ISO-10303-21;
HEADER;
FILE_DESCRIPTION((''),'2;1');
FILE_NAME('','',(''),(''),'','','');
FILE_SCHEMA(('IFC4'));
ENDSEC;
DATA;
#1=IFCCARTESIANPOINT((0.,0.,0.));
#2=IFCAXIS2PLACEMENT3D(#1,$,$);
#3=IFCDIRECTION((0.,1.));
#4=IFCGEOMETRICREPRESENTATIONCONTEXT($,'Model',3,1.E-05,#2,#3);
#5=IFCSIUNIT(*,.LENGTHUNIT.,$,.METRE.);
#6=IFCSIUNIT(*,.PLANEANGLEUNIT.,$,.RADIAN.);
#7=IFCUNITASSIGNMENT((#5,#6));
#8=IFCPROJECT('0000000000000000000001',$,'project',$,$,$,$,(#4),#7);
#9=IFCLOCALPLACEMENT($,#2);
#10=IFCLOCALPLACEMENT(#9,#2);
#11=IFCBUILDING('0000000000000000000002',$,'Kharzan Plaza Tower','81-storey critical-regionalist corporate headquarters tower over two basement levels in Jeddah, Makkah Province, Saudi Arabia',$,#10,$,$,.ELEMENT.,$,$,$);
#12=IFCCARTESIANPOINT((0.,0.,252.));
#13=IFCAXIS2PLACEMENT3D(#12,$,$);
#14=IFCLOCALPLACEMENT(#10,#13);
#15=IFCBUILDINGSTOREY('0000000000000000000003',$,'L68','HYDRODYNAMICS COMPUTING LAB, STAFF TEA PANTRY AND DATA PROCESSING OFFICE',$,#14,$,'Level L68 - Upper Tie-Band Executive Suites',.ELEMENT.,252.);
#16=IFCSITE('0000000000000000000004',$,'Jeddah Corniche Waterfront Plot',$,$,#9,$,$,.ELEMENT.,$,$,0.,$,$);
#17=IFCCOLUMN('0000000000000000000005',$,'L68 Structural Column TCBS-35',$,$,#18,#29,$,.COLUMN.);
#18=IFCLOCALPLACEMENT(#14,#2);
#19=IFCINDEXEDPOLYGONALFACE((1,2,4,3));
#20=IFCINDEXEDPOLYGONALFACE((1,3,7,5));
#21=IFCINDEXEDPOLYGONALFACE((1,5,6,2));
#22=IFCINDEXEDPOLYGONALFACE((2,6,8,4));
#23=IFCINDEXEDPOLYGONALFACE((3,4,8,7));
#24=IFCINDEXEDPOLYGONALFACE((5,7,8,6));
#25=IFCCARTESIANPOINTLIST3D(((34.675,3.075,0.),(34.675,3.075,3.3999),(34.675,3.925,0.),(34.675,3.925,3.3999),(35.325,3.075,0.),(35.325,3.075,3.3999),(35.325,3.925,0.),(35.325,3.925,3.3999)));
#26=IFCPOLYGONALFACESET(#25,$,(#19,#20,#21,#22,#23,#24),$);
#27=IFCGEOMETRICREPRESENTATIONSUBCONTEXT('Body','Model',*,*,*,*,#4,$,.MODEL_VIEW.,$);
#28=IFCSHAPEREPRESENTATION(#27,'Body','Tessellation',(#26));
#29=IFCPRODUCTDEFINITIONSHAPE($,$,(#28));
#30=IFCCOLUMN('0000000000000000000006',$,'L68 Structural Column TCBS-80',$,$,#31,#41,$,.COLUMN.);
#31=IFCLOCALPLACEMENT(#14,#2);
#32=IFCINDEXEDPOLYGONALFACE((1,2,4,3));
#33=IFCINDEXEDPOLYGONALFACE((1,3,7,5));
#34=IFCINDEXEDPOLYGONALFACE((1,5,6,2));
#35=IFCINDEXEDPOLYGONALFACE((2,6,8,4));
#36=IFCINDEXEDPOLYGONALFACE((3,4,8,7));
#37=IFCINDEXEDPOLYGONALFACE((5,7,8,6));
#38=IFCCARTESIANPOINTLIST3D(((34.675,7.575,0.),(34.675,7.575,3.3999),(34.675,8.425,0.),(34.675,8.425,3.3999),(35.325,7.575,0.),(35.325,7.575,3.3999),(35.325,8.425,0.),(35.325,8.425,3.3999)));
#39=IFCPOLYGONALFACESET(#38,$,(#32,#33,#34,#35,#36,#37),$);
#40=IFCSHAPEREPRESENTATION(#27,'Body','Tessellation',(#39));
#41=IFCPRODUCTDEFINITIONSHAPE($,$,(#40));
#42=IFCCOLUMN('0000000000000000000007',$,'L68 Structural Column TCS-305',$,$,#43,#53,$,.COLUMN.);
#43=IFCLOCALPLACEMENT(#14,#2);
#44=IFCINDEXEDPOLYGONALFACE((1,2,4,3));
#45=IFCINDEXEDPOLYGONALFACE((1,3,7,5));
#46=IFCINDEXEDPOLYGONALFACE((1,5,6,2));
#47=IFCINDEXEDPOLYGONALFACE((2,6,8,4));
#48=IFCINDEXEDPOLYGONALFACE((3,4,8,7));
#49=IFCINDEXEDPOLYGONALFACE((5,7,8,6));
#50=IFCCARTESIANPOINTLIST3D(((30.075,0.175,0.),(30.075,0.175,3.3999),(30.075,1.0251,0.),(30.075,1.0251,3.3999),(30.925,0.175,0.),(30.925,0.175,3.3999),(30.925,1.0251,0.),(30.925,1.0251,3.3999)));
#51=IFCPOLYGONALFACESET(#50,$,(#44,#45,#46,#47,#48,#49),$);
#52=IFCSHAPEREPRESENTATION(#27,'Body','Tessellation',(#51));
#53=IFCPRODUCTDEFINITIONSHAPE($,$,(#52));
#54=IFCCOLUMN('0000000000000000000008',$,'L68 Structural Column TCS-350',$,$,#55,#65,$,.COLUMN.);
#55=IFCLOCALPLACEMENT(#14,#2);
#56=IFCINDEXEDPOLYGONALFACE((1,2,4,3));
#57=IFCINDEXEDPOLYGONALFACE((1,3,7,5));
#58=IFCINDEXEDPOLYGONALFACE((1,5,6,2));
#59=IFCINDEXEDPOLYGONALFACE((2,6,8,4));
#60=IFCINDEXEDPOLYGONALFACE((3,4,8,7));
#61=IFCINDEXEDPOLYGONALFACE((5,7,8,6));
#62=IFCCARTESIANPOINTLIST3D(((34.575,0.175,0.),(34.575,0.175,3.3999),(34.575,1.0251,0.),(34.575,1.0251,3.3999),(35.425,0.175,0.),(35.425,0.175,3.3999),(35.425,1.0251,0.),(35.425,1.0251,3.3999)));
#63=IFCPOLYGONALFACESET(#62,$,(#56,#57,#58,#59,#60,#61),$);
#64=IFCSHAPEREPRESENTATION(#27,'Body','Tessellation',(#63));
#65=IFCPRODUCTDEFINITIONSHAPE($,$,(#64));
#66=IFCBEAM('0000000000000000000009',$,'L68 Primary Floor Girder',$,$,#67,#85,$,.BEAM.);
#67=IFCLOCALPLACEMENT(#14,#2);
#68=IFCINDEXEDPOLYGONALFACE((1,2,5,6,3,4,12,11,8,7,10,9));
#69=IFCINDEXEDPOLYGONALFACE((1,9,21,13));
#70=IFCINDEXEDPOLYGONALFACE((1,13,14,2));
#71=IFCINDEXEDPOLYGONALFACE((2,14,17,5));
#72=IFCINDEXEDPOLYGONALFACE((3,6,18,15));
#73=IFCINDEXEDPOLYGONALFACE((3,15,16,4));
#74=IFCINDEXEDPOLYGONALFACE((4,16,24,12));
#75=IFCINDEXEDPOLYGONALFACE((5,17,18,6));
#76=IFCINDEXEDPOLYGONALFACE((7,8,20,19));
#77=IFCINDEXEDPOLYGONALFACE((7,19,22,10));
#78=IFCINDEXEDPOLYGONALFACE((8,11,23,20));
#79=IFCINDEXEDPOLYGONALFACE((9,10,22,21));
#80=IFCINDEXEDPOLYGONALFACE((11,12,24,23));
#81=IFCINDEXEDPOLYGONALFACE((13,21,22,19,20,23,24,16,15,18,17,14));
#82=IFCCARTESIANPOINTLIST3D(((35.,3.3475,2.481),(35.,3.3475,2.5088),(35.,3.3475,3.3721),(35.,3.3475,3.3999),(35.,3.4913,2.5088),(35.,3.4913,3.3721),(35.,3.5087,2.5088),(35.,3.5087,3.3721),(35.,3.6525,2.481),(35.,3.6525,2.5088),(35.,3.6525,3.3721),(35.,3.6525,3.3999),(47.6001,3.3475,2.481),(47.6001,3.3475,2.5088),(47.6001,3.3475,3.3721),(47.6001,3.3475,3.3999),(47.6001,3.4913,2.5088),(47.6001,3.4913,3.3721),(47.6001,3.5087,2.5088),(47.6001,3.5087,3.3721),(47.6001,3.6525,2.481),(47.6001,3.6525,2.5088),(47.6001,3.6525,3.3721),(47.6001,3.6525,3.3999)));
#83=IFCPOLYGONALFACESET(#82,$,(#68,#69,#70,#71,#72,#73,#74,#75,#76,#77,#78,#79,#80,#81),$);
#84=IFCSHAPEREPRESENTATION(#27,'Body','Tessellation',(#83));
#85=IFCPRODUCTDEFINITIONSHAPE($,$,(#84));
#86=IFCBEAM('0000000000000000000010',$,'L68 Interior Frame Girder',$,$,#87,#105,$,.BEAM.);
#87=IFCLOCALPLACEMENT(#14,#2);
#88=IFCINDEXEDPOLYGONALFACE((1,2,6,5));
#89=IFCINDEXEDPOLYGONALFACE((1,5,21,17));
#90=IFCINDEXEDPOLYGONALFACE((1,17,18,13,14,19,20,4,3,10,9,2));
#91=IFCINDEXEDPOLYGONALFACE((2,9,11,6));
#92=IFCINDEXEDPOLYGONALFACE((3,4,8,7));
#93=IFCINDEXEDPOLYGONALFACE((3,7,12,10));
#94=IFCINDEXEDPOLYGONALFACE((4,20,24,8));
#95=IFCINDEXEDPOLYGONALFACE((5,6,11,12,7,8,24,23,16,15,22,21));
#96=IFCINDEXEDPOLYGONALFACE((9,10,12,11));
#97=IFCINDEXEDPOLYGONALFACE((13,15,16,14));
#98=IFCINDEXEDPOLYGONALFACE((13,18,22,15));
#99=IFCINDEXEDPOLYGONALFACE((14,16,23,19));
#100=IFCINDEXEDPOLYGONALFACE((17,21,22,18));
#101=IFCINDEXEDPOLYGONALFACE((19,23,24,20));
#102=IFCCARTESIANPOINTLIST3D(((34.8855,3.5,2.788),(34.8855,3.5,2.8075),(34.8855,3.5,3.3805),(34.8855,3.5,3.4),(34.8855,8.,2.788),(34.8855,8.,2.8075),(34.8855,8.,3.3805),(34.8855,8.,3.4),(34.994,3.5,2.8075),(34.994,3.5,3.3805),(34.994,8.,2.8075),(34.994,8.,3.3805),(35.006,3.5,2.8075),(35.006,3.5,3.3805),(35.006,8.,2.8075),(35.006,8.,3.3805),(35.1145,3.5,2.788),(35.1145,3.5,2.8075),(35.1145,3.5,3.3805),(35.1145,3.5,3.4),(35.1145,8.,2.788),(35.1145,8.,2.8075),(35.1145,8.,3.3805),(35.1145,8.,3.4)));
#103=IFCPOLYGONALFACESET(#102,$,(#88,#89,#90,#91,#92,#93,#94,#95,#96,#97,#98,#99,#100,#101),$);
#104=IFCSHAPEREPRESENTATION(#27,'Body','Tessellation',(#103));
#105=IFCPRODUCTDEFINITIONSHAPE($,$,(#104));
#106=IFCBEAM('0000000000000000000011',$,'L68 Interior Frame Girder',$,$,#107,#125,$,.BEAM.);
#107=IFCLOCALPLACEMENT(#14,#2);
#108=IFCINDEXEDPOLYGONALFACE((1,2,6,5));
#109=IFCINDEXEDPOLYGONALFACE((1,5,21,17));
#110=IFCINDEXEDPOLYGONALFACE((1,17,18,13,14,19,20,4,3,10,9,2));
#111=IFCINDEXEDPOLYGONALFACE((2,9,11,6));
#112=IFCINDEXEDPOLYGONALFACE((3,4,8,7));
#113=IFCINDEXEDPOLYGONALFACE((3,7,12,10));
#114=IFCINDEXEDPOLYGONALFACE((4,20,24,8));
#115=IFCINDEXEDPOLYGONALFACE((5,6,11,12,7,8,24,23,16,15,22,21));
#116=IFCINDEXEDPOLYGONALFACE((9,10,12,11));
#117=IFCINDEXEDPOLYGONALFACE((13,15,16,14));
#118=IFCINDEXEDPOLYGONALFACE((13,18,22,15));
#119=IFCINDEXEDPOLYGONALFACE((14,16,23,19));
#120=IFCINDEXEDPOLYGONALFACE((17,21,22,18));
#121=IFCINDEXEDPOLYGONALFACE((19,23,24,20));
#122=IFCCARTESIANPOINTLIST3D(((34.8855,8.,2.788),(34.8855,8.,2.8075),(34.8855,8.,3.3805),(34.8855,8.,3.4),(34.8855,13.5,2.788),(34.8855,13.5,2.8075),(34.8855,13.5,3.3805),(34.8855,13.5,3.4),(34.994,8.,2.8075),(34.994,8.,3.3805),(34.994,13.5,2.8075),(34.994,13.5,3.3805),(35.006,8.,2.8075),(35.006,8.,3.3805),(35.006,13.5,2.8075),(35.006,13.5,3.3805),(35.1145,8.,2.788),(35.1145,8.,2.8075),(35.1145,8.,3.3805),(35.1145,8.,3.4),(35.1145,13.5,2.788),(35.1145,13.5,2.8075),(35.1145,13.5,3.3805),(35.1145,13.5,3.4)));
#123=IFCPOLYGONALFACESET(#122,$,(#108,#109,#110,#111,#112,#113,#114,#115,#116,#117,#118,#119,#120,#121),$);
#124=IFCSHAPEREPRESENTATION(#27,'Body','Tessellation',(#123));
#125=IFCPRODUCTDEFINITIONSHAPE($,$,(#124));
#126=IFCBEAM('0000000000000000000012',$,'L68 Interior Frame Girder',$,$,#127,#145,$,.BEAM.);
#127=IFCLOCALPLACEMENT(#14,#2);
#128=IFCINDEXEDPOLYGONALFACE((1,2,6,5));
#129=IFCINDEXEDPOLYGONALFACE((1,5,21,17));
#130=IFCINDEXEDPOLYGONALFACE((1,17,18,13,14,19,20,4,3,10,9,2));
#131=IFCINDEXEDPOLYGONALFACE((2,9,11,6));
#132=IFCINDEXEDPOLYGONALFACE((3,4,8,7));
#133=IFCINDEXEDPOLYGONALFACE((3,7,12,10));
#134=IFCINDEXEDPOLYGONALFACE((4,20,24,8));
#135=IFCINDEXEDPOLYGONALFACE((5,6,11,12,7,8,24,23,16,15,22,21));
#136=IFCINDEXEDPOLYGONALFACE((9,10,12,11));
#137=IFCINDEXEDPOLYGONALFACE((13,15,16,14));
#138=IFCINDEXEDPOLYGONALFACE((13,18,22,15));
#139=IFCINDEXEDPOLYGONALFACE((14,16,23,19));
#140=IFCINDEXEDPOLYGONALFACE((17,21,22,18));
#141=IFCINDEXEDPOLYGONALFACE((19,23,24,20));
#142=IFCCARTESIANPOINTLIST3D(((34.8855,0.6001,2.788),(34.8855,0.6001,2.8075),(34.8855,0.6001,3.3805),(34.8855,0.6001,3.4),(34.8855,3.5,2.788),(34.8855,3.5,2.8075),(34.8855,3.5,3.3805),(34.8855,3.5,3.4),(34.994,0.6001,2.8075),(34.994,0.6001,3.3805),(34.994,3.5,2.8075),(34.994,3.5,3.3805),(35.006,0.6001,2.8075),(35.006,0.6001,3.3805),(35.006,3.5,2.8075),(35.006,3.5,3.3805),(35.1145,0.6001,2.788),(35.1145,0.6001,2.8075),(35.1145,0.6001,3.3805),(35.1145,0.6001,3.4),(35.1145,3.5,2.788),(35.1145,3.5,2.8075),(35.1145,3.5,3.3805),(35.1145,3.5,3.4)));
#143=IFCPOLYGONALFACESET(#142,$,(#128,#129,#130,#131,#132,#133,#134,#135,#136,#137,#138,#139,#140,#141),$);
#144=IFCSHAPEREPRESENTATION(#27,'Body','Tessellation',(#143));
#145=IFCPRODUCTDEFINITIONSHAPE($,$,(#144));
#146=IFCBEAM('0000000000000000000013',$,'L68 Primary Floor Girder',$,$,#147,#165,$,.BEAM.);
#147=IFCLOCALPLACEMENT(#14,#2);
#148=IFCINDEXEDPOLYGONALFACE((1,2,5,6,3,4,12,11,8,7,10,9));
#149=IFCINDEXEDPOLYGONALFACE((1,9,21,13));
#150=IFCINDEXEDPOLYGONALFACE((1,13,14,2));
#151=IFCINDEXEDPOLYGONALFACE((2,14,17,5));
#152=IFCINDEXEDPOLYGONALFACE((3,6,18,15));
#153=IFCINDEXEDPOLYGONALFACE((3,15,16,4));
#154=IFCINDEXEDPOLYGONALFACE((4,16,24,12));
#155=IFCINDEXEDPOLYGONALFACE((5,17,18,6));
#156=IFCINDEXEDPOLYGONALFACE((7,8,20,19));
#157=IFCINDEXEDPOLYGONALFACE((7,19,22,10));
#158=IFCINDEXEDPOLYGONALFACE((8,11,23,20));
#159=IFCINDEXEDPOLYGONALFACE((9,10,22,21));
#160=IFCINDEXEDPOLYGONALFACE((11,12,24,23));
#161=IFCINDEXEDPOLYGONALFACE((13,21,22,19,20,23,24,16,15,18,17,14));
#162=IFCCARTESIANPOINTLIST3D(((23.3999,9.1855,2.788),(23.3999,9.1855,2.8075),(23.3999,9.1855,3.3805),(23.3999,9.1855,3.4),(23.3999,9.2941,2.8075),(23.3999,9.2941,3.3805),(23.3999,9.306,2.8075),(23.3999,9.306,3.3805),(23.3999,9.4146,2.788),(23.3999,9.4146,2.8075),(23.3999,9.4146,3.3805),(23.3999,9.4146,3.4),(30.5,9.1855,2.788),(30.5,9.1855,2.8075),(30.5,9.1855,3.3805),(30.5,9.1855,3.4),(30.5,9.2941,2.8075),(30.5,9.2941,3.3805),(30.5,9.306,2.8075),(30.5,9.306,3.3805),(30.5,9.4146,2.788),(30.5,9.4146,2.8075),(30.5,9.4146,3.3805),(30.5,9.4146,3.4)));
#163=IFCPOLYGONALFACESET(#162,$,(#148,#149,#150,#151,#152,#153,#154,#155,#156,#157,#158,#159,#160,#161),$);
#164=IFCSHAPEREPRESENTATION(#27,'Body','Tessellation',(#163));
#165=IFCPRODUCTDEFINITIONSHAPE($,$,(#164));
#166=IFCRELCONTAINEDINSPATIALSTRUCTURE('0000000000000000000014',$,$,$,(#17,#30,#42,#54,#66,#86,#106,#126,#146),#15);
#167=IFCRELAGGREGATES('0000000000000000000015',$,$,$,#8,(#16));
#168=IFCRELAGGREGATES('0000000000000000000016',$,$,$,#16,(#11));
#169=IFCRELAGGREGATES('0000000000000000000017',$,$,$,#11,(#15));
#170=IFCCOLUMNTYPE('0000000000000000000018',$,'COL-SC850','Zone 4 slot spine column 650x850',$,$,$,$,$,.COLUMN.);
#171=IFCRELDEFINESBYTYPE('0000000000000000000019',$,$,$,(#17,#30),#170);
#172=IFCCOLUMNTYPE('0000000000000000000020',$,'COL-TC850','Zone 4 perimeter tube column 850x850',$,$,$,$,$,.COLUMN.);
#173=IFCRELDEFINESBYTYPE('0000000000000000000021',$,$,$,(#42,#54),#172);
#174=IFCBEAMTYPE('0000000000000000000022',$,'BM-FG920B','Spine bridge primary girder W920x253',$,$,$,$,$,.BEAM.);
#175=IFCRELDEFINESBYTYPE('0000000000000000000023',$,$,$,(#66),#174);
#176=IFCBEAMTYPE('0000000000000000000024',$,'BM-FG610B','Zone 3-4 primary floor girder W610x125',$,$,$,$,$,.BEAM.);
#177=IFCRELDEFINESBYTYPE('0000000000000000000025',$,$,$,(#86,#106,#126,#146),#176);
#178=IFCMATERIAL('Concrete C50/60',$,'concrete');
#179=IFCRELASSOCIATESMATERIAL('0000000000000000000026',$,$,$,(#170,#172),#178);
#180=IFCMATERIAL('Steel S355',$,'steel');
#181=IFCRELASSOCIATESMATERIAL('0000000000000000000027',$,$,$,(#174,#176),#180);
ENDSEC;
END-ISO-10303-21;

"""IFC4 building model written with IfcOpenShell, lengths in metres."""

from ifc_helpers import new_model, si_unit, direction, frame, origin, origin_2d, place, context, subcontext, project, spatial, rectangle, i_section, extrude, source, transform, mapped, material, material_profile, profile_set, type_object, element, save


model = new_model("IFC4")

# Units and contexts
model_context = context("Model", 3, precision=1e-05, world=origin(), true_north=direction((0.0, 1.0)))
body_context = subcontext(model_context, "Body", "Model", "MODEL_VIEW")
ifc_project = project(units=[si_unit("LENGTHUNIT", "METRE"), si_unit("PLANEANGLEUNIT", "RADIAN")], contexts=[model_context])

# Site, building, storey
site_placement = place(None, origin())
site = spatial("IfcSite", under=ifc_project, at=site_placement, Name="Jeddah Corniche Waterfront Plot", CompositionType="ELEMENT", RefElevation=0.0)
building_placement = place(site_placement, origin())
building = spatial("IfcBuilding", under=site, at=building_placement, Name="Kharzan Plaza Tower", Description="81-storey critical-regionalist corporate headquarters tower over two basement levels in Jeddah, Makkah Province, Saudi Arabia", CompositionType="ELEMENT")
storey_placement = place(building_placement, frame((0.0, 0.0, 252.0)))
storey = spatial("IfcBuildingStorey", under=building, at=storey_placement, Name="L68", Description="HYDRODYNAMICS COMPUTING LAB, STAFF TEA PANTRY AND DATA PROCESSING OFFICE", LongName="Level L68 - Upper Tie-Band Executive Suites", CompositionType="ELEMENT", Elevation=252.0)

# Columns
ifc_material_1 = material(Name="Concrete C50/60", Category="concrete")
ifc_material_profile_1 = material_profile(ifc_material_1, rectangle(XDim=0.6499, YDim=0.8501, at=origin_2d()), Name="RC-SC850x650")
ifc_profile_set_1 = profile_set([ifc_material_profile_1], Name="Concrete C50/60")
column_type_1 = type_object("IfcColumnType", Name="COL-SC850", Description="Zone 4 slot spine column 650x850", PredefinedType="COLUMN", material=ifc_profile_set_1)
shared_shape_1 = source(origin(), body_context, "Body", "SweptSolid", [
    extrude(rectangle(XDim=0.6499, YDim=0.8501, at=origin_2d()), origin(), (0.0, 0.0, 1.0), 3.3999),
])
for number, where, z_axis, x_axis, name in (
    (1, (35.0, 3.5, 0.0), (0.0, 0.0, 1.0), (1.0, 0.0, 0.0), "L68 Structural Column TCBS-35"),
    (2, (35.0, 8.0, 0.0), (0.0, 0.0, 1.0), (1.0, 0.0, 0.0), "L68 Structural Column TCBS-80"),
):
    element("IfcColumn", number, at=place(storey_placement, frame(where, z_axis=z_axis, x_axis=x_axis)), inside=storey, type_object=column_type_1, Name=name, PredefinedType="COLUMN", context=body_context, shape_type="MappedRepresentation", body=[
        mapped(shared_shape_1, transform((0.0, 0.0, 0.0), x_axis=(1.0, 0.0, 0.0), y_axis=(0.0, 1.0, 0.0), z_axis=(0.0, 0.0, 1.0))),
    ])
ifc_material_profile_2 = material_profile(ifc_material_1, rectangle(XDim=0.8501, YDim=0.8501, at=origin_2d()), Name="RC-TC850x850")
ifc_profile_set_2 = profile_set([ifc_material_profile_2], Name="Concrete C50/60")
column_type_2 = type_object("IfcColumnType", Name="COL-TC850", Description="Zone 4 perimeter tube column 850x850", PredefinedType="COLUMN", material=ifc_profile_set_2)
shared_shape_2 = source(origin(), body_context, "Body", "SweptSolid", [
    extrude(rectangle(XDim=0.8501, YDim=0.8501, at=origin_2d()), origin(), (0.0, 0.0, 1.0), 3.3999),
])
for number, where, z_axis, x_axis, name in (
    (3, (30.5, 0.6001, 0.0), (0.0, 0.0, 1.0), (1.0, 0.0, 0.0), "L68 Structural Column TCS-305"),
    (4, (35.0, 0.6001, 0.0), (0.0, 0.0, 1.0), (1.0, 0.0, 0.0), "L68 Structural Column TCS-350"),
):
    element("IfcColumn", number, at=place(storey_placement, frame(where, z_axis=z_axis, x_axis=x_axis)), inside=storey, type_object=column_type_2, Name=name, PredefinedType="COLUMN", context=body_context, shape_type="MappedRepresentation", body=[
        mapped(shared_shape_2, transform((0.0, 0.0, 0.0), x_axis=(1.0, 0.0, 0.0), y_axis=(0.0, 1.0, 0.0), z_axis=(0.0, 0.0, 1.0))),
    ])

# Beams
ifc_material_2 = material(Name="Steel S355", Category="steel")
ifc_material_profile_3 = material_profile(ifc_material_2, i_section(OverallWidth=0.3049, OverallDepth=0.9189, WebThickness=0.0173, FlangeThickness=0.0278, at=origin_2d()), Name="W920x253")
ifc_profile_set_3 = profile_set([ifc_material_profile_3], Name="Steel S355")
beam_type_1 = type_object("IfcBeamType", Name="BM-FG920B", Description="Spine bridge primary girder W920x253", PredefinedType="BEAM", material=ifc_profile_set_3)
shared_shape_3 = source(origin(), body_context, "Body", "SweptSolid", [
    extrude(i_section(OverallWidth=0.3049, OverallDepth=0.9189, WebThickness=0.0173, FlangeThickness=0.0278, at=origin_2d()), origin(), (0.0, 0.0, 1.0), 12.6001),
])
beam_1_placement = place(storey_placement, frame((35.0, 3.5, 2.9404), z_axis=(1.0, 0.0, 0.0), x_axis=(0.0, 1.0, 0.0)))
element("IfcBeam", 5, at=beam_1_placement, inside=storey, type_object=beam_type_1, Name="L68 Primary Floor Girder", PredefinedType="BEAM", context=body_context, shape_type="MappedRepresentation", body=[
    mapped(shared_shape_3, transform((0.0, 0.0, 0.0), x_axis=(1.0, 0.0, 0.0), y_axis=(0.0, 1.0, 0.0), z_axis=(0.0, 0.0, 1.0))),
])
ifc_material_profile_4 = material_profile(ifc_material_2, i_section(OverallWidth=0.229, OverallDepth=0.6121, WebThickness=0.012, FlangeThickness=0.0195, at=origin_2d()), Name="W610x125")
ifc_profile_set_4 = profile_set([ifc_material_profile_4], Name="Steel S355")
beam_type_2 = type_object("IfcBeamType", Name="BM-FG610B", Description="Zone 3-4 primary floor girder W610x125", PredefinedType="BEAM", material=ifc_profile_set_4)
shared_shape_4 = source(origin(), body_context, "Body", "SweptSolid", [
    extrude(i_section(OverallWidth=0.229, OverallDepth=0.6121, WebThickness=0.012, FlangeThickness=0.0195, at=origin_2d()), origin(), (0.0, 0.0, 1.0), 4.5),
])
beam_2_placement = place(storey_placement, frame((35.0, 3.5, 3.094), z_axis=(0.0, 1.0, 0.0), x_axis=(-1.0, 0.0, 0.0)))
element("IfcBeam", 6, at=beam_2_placement, inside=storey, type_object=beam_type_2, Name="L68 Interior Frame Girder", PredefinedType="BEAM", context=body_context, shape_type="MappedRepresentation", body=[
    mapped(shared_shape_4, transform((0.0, 0.0, 0.0), x_axis=(1.0, 0.0, 0.0), y_axis=(0.0, 1.0, 0.0), z_axis=(0.0, 0.0, 1.0))),
])
shared_shape_5 = source(origin(), body_context, "Body", "SweptSolid", [
    extrude(i_section(OverallWidth=0.229, OverallDepth=0.6121, WebThickness=0.012, FlangeThickness=0.0195, at=origin_2d()), origin(), (0.0, 0.0, 1.0), 5.5),
])
beam_3_placement = place(storey_placement, frame((35.0, 8.0, 3.094), z_axis=(0.0, 1.0, 0.0), x_axis=(-1.0, 0.0, 0.0)))
element("IfcBeam", 7, at=beam_3_placement, inside=storey, type_object=beam_type_2, Name="L68 Interior Frame Girder", PredefinedType="BEAM", context=body_context, shape_type="MappedRepresentation", body=[
    mapped(shared_shape_5, transform((0.0, 0.0, 0.0), x_axis=(1.0, 0.0, 0.0), y_axis=(0.0, 1.0, 0.0), z_axis=(0.0, 0.0, 1.0))),
])
shared_shape_6 = source(origin(), body_context, "Body", "SweptSolid", [
    extrude(i_section(OverallWidth=0.229, OverallDepth=0.6121, WebThickness=0.012, FlangeThickness=0.0195, at=origin_2d()), origin(), (0.0, 0.0, 1.0), 2.8999),
])
beam_4_placement = place(storey_placement, frame((35.0, 0.6001, 3.094), z_axis=(0.0, 1.0, 0.0), x_axis=(-1.0, 0.0, 0.0)))
element("IfcBeam", 8, at=beam_4_placement, inside=storey, type_object=beam_type_2, Name="L68 Interior Frame Girder", PredefinedType="BEAM", context=body_context, shape_type="MappedRepresentation", body=[
    mapped(shared_shape_6, transform((0.0, 0.0, 0.0), x_axis=(1.0, 0.0, 0.0), y_axis=(0.0, 1.0, 0.0), z_axis=(0.0, 0.0, 1.0))),
])
shared_shape_7 = source(origin(), body_context, "Body", "SweptSolid", [
    extrude(i_section(OverallWidth=0.229, OverallDepth=0.6121, WebThickness=0.012, FlangeThickness=0.0195, at=origin_2d()), origin(), (0.0, 0.0, 1.0), 7.1001),
])
beam_5_placement = place(storey_placement, frame((23.3999, 9.3, 3.094), z_axis=(1.0, 0.0, 0.0), x_axis=(0.0, 1.0, 0.0)))
element("IfcBeam", 9, at=beam_5_placement, inside=storey, type_object=beam_type_2, Name="L68 Primary Floor Girder", PredefinedType="BEAM", context=body_context, shape_type="MappedRepresentation", body=[
    mapped(shared_shape_7, transform((0.0, 0.0, 0.0), x_axis=(1.0, 0.0, 0.0), y_axis=(0.0, 1.0, 0.0), z_axis=(0.0, 0.0, 1.0))),
])

save(model, "model.ifc")
